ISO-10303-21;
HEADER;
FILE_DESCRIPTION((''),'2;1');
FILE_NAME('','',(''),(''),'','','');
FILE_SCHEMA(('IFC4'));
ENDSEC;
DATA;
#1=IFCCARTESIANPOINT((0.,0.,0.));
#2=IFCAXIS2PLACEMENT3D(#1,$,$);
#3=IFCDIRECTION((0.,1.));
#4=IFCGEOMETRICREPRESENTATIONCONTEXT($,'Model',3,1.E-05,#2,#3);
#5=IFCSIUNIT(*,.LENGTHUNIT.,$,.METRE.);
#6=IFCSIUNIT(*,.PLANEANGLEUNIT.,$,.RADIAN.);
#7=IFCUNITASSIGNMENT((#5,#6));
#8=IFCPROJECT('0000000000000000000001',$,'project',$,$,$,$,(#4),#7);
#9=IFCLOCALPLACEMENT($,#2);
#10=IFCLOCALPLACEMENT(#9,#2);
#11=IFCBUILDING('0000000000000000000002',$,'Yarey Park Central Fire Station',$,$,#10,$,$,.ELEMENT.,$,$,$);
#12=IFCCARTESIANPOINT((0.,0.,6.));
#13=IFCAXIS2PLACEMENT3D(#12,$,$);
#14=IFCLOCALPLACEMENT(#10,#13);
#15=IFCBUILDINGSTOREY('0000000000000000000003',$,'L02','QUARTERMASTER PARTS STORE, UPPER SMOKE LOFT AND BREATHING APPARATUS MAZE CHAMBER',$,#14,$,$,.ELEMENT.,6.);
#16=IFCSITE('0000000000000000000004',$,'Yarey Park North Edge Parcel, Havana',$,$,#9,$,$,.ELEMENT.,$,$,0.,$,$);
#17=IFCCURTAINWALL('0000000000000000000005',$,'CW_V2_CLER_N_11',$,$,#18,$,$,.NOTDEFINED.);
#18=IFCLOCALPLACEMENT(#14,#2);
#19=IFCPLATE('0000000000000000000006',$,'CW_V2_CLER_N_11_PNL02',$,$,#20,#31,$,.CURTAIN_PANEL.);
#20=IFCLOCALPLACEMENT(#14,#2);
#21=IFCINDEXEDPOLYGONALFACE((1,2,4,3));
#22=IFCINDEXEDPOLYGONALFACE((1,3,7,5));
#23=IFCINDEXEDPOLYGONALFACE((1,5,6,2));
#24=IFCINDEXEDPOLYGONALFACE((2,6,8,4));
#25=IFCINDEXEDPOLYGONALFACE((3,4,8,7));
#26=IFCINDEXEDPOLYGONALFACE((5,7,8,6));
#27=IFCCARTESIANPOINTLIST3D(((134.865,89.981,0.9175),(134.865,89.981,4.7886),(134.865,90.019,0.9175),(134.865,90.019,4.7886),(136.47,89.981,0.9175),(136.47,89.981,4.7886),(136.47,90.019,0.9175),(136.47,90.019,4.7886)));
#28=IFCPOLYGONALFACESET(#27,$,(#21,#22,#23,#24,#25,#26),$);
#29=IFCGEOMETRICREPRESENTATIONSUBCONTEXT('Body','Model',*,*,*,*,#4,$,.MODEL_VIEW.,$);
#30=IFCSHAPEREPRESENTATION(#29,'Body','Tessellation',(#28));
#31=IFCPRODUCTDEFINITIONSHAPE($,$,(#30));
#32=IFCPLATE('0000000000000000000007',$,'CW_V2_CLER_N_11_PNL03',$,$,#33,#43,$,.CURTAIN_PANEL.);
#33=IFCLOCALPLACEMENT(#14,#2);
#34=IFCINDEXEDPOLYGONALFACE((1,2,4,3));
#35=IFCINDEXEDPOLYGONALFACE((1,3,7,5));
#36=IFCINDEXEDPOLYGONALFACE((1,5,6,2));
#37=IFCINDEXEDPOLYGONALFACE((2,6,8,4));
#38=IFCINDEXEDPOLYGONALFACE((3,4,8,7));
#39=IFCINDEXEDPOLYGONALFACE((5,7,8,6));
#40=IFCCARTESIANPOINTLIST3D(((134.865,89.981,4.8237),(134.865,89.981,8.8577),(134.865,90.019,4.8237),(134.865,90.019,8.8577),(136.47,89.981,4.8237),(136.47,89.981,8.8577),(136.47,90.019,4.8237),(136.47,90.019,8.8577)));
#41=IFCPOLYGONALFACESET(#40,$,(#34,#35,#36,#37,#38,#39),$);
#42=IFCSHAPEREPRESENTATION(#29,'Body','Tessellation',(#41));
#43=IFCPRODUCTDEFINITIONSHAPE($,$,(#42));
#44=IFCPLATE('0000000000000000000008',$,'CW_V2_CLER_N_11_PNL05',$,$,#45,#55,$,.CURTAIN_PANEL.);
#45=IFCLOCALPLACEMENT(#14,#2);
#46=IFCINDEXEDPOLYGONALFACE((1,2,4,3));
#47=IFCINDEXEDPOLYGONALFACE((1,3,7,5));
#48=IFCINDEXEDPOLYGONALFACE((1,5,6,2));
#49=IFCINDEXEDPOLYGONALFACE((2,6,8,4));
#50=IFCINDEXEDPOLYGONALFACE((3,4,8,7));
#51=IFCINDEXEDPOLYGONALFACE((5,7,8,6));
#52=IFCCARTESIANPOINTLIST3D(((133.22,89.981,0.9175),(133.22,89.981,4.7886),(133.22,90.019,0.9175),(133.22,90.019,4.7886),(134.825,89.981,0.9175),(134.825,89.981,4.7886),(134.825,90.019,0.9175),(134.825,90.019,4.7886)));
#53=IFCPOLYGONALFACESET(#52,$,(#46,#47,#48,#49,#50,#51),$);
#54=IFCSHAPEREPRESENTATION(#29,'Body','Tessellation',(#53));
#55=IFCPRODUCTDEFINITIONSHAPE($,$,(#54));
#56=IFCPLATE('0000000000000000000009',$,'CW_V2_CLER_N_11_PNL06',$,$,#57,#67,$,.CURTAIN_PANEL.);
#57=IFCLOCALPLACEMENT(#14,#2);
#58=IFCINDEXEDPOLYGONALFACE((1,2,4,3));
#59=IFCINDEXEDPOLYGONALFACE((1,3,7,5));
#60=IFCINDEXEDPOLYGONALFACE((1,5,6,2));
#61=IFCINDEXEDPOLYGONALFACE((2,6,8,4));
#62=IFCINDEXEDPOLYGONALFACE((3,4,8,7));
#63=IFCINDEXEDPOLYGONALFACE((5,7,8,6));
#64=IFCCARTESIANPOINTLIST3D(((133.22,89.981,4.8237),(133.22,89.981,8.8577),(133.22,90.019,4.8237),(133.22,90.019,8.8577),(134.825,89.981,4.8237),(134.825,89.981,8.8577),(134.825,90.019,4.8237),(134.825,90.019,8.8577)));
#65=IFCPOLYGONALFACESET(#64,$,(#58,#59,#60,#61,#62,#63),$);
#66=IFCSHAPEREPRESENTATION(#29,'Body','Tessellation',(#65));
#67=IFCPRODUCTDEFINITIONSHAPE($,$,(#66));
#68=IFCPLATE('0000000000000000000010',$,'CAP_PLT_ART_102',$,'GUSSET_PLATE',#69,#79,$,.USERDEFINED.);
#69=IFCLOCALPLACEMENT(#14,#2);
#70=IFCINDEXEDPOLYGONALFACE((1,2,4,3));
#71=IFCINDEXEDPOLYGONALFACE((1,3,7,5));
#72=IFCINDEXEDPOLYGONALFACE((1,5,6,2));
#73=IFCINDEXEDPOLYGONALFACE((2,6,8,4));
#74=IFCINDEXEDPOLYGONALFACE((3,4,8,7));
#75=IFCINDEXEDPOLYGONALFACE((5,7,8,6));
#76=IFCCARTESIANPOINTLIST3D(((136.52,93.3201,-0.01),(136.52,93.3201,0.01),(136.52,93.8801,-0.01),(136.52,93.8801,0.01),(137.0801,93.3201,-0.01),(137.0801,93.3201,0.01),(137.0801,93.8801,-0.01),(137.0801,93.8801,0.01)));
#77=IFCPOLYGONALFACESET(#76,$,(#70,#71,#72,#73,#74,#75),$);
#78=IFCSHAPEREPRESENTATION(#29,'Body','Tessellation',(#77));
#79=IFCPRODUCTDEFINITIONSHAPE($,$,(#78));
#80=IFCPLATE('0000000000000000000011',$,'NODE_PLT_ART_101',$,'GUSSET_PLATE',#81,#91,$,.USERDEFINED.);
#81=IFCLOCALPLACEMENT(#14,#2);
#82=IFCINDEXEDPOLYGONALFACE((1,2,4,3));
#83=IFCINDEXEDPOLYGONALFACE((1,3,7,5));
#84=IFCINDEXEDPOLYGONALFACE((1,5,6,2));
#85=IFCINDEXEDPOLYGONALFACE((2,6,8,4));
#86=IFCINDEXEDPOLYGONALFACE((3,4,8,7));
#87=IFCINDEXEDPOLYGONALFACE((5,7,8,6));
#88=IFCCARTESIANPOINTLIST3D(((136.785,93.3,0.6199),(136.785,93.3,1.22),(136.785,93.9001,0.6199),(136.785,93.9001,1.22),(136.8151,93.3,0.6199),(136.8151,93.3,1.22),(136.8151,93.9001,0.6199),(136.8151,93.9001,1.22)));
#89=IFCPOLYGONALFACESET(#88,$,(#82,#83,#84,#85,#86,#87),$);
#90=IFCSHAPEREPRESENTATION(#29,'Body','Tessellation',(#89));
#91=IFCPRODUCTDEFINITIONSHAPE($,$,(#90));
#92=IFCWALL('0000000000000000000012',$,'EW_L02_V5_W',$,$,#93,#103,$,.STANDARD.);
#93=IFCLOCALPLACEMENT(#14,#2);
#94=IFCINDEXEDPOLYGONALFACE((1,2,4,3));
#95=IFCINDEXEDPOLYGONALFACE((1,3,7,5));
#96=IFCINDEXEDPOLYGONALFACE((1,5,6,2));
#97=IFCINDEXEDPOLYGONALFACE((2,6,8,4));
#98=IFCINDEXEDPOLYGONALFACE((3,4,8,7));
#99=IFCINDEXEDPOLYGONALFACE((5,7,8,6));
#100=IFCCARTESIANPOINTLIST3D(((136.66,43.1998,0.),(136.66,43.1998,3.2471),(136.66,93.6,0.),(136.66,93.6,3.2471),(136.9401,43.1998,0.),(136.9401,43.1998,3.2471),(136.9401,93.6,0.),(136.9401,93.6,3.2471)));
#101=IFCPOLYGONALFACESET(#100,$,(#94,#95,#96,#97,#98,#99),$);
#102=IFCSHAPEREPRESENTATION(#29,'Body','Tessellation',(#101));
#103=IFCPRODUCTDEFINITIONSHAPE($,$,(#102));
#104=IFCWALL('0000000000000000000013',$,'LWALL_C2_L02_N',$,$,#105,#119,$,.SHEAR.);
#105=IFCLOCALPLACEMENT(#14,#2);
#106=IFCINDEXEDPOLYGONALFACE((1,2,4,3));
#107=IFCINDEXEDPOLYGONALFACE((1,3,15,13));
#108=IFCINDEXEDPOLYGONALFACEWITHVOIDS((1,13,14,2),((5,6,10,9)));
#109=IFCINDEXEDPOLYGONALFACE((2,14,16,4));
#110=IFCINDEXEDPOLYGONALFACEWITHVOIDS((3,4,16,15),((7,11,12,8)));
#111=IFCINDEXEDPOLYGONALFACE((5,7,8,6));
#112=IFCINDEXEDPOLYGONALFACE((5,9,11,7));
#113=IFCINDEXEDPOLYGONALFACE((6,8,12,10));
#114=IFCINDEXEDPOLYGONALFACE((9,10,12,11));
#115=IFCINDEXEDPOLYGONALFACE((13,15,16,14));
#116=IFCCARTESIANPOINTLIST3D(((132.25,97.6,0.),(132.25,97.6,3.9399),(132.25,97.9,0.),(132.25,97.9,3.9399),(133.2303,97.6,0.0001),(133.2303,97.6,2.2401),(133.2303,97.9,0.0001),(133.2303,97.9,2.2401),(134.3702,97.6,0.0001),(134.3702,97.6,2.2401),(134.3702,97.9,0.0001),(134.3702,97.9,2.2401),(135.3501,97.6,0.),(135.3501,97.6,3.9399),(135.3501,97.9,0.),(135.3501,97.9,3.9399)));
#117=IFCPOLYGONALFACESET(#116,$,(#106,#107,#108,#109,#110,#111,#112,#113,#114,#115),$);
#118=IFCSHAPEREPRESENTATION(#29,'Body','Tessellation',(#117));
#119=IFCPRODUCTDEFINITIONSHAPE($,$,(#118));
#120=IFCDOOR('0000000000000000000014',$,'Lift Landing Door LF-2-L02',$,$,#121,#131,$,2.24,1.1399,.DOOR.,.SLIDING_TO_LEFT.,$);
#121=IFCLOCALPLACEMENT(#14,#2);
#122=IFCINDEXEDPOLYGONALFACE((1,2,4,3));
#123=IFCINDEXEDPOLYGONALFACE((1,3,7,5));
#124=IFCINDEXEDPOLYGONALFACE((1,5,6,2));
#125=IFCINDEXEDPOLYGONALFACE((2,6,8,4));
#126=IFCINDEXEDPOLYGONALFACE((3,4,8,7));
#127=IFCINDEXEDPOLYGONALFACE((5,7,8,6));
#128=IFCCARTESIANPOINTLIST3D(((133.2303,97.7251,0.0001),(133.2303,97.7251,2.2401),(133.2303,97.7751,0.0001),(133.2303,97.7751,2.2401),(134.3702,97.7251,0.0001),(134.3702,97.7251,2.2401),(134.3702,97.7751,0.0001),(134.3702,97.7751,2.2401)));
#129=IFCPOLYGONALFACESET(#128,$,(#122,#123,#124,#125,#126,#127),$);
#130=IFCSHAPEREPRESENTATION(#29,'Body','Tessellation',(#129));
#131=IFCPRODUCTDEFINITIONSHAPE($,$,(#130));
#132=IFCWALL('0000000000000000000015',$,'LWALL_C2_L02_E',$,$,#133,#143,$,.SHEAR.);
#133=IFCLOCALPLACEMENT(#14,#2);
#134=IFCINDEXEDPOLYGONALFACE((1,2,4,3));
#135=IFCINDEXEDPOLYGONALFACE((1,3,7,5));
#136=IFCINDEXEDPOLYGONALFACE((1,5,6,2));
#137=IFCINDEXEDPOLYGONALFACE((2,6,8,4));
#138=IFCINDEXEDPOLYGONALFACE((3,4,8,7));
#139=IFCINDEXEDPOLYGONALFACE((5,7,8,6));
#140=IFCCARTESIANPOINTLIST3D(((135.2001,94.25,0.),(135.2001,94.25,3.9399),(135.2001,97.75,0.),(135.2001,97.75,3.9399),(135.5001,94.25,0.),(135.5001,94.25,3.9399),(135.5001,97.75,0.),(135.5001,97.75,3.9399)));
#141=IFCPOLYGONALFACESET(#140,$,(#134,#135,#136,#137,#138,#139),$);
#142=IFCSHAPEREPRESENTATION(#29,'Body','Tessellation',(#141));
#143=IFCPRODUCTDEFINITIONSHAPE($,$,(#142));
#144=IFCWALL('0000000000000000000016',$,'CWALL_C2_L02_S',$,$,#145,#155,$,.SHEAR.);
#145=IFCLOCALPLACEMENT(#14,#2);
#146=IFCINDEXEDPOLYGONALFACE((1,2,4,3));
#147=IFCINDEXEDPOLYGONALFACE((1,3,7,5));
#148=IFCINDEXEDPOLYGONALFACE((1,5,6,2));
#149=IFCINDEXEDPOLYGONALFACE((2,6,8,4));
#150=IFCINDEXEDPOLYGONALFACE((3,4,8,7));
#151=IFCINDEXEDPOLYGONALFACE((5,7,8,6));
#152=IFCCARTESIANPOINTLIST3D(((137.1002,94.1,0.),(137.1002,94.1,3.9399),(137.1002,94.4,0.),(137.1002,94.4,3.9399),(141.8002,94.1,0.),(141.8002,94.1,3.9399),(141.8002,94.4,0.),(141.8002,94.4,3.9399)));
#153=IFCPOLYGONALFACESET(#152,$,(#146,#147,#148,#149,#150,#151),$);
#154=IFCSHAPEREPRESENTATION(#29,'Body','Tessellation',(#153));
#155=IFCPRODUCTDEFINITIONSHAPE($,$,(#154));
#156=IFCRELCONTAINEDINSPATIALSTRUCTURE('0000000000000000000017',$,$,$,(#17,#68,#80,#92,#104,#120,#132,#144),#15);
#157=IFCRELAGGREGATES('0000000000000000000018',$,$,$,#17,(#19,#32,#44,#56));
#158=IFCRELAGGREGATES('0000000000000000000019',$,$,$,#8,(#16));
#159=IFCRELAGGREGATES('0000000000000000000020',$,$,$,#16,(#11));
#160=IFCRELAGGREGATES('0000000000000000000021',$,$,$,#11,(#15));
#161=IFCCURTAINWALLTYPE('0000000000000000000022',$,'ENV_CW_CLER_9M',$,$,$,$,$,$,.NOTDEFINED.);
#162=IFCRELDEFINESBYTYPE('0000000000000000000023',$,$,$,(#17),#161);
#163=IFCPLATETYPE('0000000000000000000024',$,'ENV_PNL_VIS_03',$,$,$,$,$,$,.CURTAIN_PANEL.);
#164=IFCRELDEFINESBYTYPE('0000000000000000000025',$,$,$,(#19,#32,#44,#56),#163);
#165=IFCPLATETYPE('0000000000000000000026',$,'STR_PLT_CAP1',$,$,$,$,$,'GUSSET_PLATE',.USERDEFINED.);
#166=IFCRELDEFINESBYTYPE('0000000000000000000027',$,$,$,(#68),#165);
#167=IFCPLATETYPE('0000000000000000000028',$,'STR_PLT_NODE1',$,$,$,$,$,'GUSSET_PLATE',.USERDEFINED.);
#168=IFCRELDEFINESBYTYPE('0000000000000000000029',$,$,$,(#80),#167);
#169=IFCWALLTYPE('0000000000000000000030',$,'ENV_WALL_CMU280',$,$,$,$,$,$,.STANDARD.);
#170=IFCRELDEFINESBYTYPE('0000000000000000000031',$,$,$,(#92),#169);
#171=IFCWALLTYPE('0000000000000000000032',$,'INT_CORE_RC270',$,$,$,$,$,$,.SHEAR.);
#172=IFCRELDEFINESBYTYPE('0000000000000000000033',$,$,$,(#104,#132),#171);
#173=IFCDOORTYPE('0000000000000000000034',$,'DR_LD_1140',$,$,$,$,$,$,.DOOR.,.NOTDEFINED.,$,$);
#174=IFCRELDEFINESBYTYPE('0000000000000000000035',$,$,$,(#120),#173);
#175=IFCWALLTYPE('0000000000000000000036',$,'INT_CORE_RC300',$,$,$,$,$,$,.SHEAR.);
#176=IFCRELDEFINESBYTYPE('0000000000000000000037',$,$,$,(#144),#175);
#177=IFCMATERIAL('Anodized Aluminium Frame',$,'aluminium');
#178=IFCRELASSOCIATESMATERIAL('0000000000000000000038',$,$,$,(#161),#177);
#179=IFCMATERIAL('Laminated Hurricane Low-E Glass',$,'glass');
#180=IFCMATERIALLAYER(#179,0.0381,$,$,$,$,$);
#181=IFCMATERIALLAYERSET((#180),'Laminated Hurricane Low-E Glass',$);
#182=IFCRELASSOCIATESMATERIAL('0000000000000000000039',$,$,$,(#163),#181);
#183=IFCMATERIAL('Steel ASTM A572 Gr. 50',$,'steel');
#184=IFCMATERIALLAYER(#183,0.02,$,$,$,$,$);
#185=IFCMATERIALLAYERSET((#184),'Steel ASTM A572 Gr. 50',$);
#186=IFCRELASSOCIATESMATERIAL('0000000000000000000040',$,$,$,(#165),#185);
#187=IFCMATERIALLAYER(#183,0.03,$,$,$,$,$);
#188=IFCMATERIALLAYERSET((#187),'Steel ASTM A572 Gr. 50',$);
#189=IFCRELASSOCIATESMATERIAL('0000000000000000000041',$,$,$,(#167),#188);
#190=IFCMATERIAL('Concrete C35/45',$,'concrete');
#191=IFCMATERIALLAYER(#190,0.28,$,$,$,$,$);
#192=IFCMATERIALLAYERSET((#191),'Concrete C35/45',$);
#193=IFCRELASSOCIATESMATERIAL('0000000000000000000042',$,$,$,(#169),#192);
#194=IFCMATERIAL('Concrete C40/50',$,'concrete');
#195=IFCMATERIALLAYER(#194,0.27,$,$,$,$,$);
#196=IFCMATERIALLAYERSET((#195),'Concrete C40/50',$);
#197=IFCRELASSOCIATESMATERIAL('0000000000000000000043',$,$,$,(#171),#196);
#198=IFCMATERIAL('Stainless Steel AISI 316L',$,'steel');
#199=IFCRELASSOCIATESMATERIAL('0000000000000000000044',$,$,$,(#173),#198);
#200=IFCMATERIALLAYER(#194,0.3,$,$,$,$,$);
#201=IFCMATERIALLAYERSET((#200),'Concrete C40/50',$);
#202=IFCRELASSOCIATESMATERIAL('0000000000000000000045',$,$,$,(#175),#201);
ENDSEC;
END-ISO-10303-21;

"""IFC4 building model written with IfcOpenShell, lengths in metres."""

from ifc_helpers import new_model, si_unit, direction, frame, frame_2d, origin, origin_2d, place, context, subcontext, project, spatial, rectangle, extrude, material, layer, layer_set, type_object, element, fill, aggregate, save


model = new_model("IFC4")

# Units and contexts
model_context = context("Model", 3, precision=1e-05, world=origin(), true_north=direction((0.0, 1.0)))
body_context = subcontext(model_context, "Body", "Model", "MODEL_VIEW")
ifc_project = project(units=[si_unit("LENGTHUNIT", "METRE"), si_unit("PLANEANGLEUNIT", "RADIAN")], contexts=[model_context])

# Site, building, storey
site_placement = place(None, origin())
site = spatial("IfcSite", under=ifc_project, at=site_placement, Name="Yarey Park North Edge Parcel, Havana", CompositionType="ELEMENT", RefElevation=0.0)
building_placement = place(site_placement, origin())
building = spatial("IfcBuilding", under=site, at=building_placement, Name="Yarey Park Central Fire Station", CompositionType="ELEMENT")
storey_placement = place(building_placement, frame((0.0, 0.0, 6.0)))
storey = spatial("IfcBuildingStorey", under=building, at=storey_placement, Name="L02", Description="QUARTERMASTER PARTS STORE, UPPER SMOKE LOFT AND BREATHING APPARATUS MAZE CHAMBER", CompositionType="ELEMENT", Elevation=6.0)

# Shared definitions
ifc_material_1 = material(Name="Concrete C40/50", Category="concrete")

# Curtain wall
ifc_material_2 = material(Name="Anodized Aluminium Frame", Category="aluminium")
curtain_wall_type_1 = type_object("IfcCurtainWallType", Name="ENV_CW_CLER_9M", PredefinedType="NOTDEFINED", material=ifc_material_2)
curtain_wall_1_placement = place(storey_placement, origin())
curtain_wall_1 = element("IfcCurtainWall", 1, at=curtain_wall_1_placement, inside=storey, type_object=curtain_wall_type_1, Name="CW_V2_CLER_N_11", PredefinedType="NOTDEFINED")

# Plates
ifc_material_3 = material(Name="Laminated Hurricane Low-E Glass", Category="glass")
ifc_layer_1 = layer(ifc_material_3, 0.0381)
ifc_layer_set_1 = layer_set([ifc_layer_1], Name="Laminated Hurricane Low-E Glass")
plate_type_1 = type_object("IfcPlateType", Name="ENV_PNL_VIS_03", PredefinedType="CURTAIN_PANEL", material=ifc_layer_set_1)
plate_1_placement = place(storey_placement, frame((135.6675, 90.0, 0.9175), z_axis=(0.0, 0.0, 1.0), x_axis=(-1.0, 0.0, 0.0)))
plate_1 = element("IfcPlate", 2, at=plate_1_placement, type_object=plate_type_1, Name="CW_V2_CLER_N_11_PNL02", PredefinedType="CURTAIN_PANEL", context=body_context, shape_type="SweptSolid", body=[
    extrude(rectangle(XDim=1.605, YDim=0.0381, at=origin_2d()), origin(), (0.0, 0.0, 1.0), 3.8711),
])
plate_2_placement = place(storey_placement, frame((135.6675, 90.0, 4.8237), z_axis=(0.0, 0.0, 1.0), x_axis=(-1.0, 0.0, 0.0)))
plate_2 = element("IfcPlate", 3, at=plate_2_placement, type_object=plate_type_1, Name="CW_V2_CLER_N_11_PNL03", PredefinedType="CURTAIN_PANEL", context=body_context, shape_type="SweptSolid", body=[
    extrude(rectangle(XDim=1.605, YDim=0.0381, at=origin_2d()), origin(), (0.0, 0.0, 1.0), 4.0339),
])
plate_3_placement = place(storey_placement, frame((134.0225, 90.0, 0.9175), z_axis=(0.0, 0.0, 1.0), x_axis=(-1.0, 0.0, 0.0)))
plate_3 = element("IfcPlate", 4, at=plate_3_placement, type_object=plate_type_1, Name="CW_V2_CLER_N_11_PNL05", PredefinedType="CURTAIN_PANEL", context=body_context, shape_type="SweptSolid", body=[
    extrude(rectangle(XDim=1.605, YDim=0.0381, at=origin_2d()), origin(), (0.0, 0.0, 1.0), 3.8711),
])
plate_4_placement = place(storey_placement, frame((134.0225, 90.0, 4.8237), z_axis=(0.0, 0.0, 1.0), x_axis=(-1.0, 0.0, 0.0)))
plate_4 = element("IfcPlate", 5, at=plate_4_placement, type_object=plate_type_1, Name="CW_V2_CLER_N_11_PNL06", PredefinedType="CURTAIN_PANEL", context=body_context, shape_type="SweptSolid", body=[
    extrude(rectangle(XDim=1.605, YDim=0.0381, at=origin_2d()), origin(), (0.0, 0.0, 1.0), 4.0339),
])
aggregate(curtain_wall_1, [plate_1, plate_2, plate_3, plate_4])

# Plates
ifc_material_4 = material(Name="Steel ASTM A572 Gr. 50", Category="steel")
ifc_layer_2 = layer(ifc_material_4, 0.02)
ifc_layer_set_2 = layer_set([ifc_layer_2], Name="Steel ASTM A572 Gr. 50")
plate_type_2 = type_object("IfcPlateType", Name="STR_PLT_CAP1", ElementType="GUSSET_PLATE", PredefinedType="USERDEFINED", material=ifc_layer_set_2)
plate_5_placement = place(storey_placement, frame((136.8, 93.6001, -0.01), z_axis=(0.0, 0.0, 1.0), x_axis=(1.0, 0.0, 0.0)))
element("IfcPlate", 6, at=plate_5_placement, inside=storey, type_object=plate_type_2, Name="CAP_PLT_ART_102", ObjectType="GUSSET_PLATE", PredefinedType="USERDEFINED", context=body_context, shape_type="SweptSolid", body=[
    extrude(rectangle(XDim=0.5601, YDim=0.5601, at=origin_2d()), origin(), (0.0, 0.0, 1.0), 0.02),
])
ifc_layer_3 = layer(ifc_material_4, 0.03)
ifc_layer_set_3 = layer_set([ifc_layer_3], Name="Steel ASTM A572 Gr. 50")
plate_type_3 = type_object("IfcPlateType", Name="STR_PLT_NODE1", ElementType="GUSSET_PLATE", PredefinedType="USERDEFINED", material=ifc_layer_set_3)
plate_6_placement = place(storey_placement, frame((136.8, 93.6001, 0.6199), z_axis=(0.0, 0.0, 1.0), x_axis=(1.0, 0.0, 0.0)))
element("IfcPlate", 7, at=plate_6_placement, inside=storey, type_object=plate_type_3, Name="NODE_PLT_ART_101", ObjectType="GUSSET_PLATE", PredefinedType="USERDEFINED", context=body_context, shape_type="SweptSolid", body=[
    extrude(rectangle(XDim=0.03, YDim=0.6001, at=origin_2d()), origin(), (0.0, 0.0, 1.0), 0.6001),
])

# Wall
ifc_material_5 = material(Name="Concrete C35/45", Category="concrete")
ifc_layer_4 = layer(ifc_material_5, 0.28)
ifc_layer_set_4 = layer_set([ifc_layer_4], Name="Concrete C35/45")
wall_type_1 = type_object("IfcWallType", Name="ENV_WALL_CMU280", PredefinedType="STANDARD", material=ifc_layer_set_4)
wall_1_placement = place(storey_placement, frame((136.8, 93.6001, 0.0), z_axis=(0.0, 0.0, 1.0), x_axis=(0.0, -1.0, 0.0)))
element("IfcWall", 8, at=wall_1_placement, inside=storey, type_object=wall_type_1, Name="EW_L02_V5_W", PredefinedType="STANDARD", context=body_context, shape_type="SweptSolid", body=[
    extrude(rectangle(XDim=50.4001, YDim=0.28, at=frame_2d((25.2002, 0.0))), origin(), (0.0, 0.0, 1.0), 3.2471),
])

# Wall, opening, door
ifc_layer_5 = layer(ifc_material_1, 0.27)
ifc_layer_set_5 = layer_set([ifc_layer_5], Name="Concrete C40/50")
wall_type_2 = type_object("IfcWallType", Name="INT_CORE_RC270", PredefinedType="SHEAR", material=ifc_layer_set_5)
wall_2_placement = place(storey_placement, frame((135.3501, 97.75, 0.0), z_axis=(0.0, 0.0, 1.0), x_axis=(-1.0, 0.0, 0.0)))
wall_2 = element("IfcWall", 9, at=wall_2_placement, inside=storey, type_object=wall_type_2, Name="LWALL_C2_L02_N", PredefinedType="SHEAR", context=body_context, shape_type="SweptSolid", body=[
    extrude(rectangle(XDim=3.1001, YDim=0.3, at=frame_2d((1.55, 0.0))), origin(), (0.0, 0.0, 1.0), 3.9399),
])
opening_placement = place(wall_2_placement, frame((0.98, 0.0, 0.0)))
opening = element("IfcOpeningElement", 10, at=opening_placement, cuts=wall_2, PredefinedType="OPENING", context=body_context, shape_type="SweptSolid", body=[
    extrude(rectangle(XDim=1.1399, YDim=2.24, at=frame_2d((0.5698, 1.1201))), frame((0.0, 0.1599, 0.0), z_axis=(0.0, -1.0, 0.0), x_axis=(1.0, 0.0, 0.0)), (0.0, 0.0, 1.0), 0.3201),
])
ifc_material_6 = material(Name="Stainless Steel AISI 316L", Category="steel")
door_type = type_object("IfcDoorType", Name="DR_LD_1140", OperationType="NOTDEFINED", PredefinedType="DOOR", material=ifc_material_6)
door_placement = place(opening_placement, origin())
door = element("IfcDoor", 11, at=door_placement, inside=storey, type_object=door_type, Name="Lift Landing Door LF-2-L02", OperationType="SLIDING_TO_LEFT", OverallHeight=2.24, OverallWidth=1.1399, PredefinedType="DOOR", context=body_context, shape_type="SweptSolid", body=[
    extrude(rectangle(XDim=1.1399, YDim=2.24, at=frame_2d((0.5698, 1.1201))), frame((0.0, 0.0249, 0.0), z_axis=(0.0, -1.0, 0.0), x_axis=(1.0, 0.0, 0.0)), (0.0, 0.0, 1.0), 0.05),
])
fill(opening, door)

# Walls
wall_3_placement = place(storey_placement, frame((135.3501, 94.25, 0.0), z_axis=(0.0, 0.0, 1.0), x_axis=(0.0, 1.0, 0.0)))
element("IfcWall", 12, at=wall_3_placement, inside=storey, type_object=wall_type_2, Name="LWALL_C2_L02_E", PredefinedType="SHEAR", context=body_context, shape_type="SweptSolid", body=[
    extrude(rectangle(XDim=3.5, YDim=0.3, at=frame_2d((1.75, 0.0))), origin(), (0.0, 0.0, 1.0), 3.9399),
])
ifc_layer_6 = layer(ifc_material_1, 0.3)
ifc_layer_set_6 = layer_set([ifc_layer_6], Name="Concrete C40/50")
wall_type_3 = type_object("IfcWallType", Name="INT_CORE_RC300", PredefinedType="SHEAR", material=ifc_layer_set_6)
wall_4_placement = place(storey_placement, frame((137.1001, 94.25, 0.0), z_axis=(0.0, 0.0, 1.0), x_axis=(1.0, 0.0, 0.0)))
element("IfcWall", 13, at=wall_4_placement, inside=storey, type_object=wall_type_3, Name="CWALL_C2_L02_S", PredefinedType="SHEAR", context=body_context, shape_type="SweptSolid", body=[
    extrude(rectangle(XDim=4.7, YDim=0.3, at=frame_2d((2.3501, 0.0))), origin(), (0.0, 0.0, 1.0), 3.9399),
])

save(model, "model.ifc")
